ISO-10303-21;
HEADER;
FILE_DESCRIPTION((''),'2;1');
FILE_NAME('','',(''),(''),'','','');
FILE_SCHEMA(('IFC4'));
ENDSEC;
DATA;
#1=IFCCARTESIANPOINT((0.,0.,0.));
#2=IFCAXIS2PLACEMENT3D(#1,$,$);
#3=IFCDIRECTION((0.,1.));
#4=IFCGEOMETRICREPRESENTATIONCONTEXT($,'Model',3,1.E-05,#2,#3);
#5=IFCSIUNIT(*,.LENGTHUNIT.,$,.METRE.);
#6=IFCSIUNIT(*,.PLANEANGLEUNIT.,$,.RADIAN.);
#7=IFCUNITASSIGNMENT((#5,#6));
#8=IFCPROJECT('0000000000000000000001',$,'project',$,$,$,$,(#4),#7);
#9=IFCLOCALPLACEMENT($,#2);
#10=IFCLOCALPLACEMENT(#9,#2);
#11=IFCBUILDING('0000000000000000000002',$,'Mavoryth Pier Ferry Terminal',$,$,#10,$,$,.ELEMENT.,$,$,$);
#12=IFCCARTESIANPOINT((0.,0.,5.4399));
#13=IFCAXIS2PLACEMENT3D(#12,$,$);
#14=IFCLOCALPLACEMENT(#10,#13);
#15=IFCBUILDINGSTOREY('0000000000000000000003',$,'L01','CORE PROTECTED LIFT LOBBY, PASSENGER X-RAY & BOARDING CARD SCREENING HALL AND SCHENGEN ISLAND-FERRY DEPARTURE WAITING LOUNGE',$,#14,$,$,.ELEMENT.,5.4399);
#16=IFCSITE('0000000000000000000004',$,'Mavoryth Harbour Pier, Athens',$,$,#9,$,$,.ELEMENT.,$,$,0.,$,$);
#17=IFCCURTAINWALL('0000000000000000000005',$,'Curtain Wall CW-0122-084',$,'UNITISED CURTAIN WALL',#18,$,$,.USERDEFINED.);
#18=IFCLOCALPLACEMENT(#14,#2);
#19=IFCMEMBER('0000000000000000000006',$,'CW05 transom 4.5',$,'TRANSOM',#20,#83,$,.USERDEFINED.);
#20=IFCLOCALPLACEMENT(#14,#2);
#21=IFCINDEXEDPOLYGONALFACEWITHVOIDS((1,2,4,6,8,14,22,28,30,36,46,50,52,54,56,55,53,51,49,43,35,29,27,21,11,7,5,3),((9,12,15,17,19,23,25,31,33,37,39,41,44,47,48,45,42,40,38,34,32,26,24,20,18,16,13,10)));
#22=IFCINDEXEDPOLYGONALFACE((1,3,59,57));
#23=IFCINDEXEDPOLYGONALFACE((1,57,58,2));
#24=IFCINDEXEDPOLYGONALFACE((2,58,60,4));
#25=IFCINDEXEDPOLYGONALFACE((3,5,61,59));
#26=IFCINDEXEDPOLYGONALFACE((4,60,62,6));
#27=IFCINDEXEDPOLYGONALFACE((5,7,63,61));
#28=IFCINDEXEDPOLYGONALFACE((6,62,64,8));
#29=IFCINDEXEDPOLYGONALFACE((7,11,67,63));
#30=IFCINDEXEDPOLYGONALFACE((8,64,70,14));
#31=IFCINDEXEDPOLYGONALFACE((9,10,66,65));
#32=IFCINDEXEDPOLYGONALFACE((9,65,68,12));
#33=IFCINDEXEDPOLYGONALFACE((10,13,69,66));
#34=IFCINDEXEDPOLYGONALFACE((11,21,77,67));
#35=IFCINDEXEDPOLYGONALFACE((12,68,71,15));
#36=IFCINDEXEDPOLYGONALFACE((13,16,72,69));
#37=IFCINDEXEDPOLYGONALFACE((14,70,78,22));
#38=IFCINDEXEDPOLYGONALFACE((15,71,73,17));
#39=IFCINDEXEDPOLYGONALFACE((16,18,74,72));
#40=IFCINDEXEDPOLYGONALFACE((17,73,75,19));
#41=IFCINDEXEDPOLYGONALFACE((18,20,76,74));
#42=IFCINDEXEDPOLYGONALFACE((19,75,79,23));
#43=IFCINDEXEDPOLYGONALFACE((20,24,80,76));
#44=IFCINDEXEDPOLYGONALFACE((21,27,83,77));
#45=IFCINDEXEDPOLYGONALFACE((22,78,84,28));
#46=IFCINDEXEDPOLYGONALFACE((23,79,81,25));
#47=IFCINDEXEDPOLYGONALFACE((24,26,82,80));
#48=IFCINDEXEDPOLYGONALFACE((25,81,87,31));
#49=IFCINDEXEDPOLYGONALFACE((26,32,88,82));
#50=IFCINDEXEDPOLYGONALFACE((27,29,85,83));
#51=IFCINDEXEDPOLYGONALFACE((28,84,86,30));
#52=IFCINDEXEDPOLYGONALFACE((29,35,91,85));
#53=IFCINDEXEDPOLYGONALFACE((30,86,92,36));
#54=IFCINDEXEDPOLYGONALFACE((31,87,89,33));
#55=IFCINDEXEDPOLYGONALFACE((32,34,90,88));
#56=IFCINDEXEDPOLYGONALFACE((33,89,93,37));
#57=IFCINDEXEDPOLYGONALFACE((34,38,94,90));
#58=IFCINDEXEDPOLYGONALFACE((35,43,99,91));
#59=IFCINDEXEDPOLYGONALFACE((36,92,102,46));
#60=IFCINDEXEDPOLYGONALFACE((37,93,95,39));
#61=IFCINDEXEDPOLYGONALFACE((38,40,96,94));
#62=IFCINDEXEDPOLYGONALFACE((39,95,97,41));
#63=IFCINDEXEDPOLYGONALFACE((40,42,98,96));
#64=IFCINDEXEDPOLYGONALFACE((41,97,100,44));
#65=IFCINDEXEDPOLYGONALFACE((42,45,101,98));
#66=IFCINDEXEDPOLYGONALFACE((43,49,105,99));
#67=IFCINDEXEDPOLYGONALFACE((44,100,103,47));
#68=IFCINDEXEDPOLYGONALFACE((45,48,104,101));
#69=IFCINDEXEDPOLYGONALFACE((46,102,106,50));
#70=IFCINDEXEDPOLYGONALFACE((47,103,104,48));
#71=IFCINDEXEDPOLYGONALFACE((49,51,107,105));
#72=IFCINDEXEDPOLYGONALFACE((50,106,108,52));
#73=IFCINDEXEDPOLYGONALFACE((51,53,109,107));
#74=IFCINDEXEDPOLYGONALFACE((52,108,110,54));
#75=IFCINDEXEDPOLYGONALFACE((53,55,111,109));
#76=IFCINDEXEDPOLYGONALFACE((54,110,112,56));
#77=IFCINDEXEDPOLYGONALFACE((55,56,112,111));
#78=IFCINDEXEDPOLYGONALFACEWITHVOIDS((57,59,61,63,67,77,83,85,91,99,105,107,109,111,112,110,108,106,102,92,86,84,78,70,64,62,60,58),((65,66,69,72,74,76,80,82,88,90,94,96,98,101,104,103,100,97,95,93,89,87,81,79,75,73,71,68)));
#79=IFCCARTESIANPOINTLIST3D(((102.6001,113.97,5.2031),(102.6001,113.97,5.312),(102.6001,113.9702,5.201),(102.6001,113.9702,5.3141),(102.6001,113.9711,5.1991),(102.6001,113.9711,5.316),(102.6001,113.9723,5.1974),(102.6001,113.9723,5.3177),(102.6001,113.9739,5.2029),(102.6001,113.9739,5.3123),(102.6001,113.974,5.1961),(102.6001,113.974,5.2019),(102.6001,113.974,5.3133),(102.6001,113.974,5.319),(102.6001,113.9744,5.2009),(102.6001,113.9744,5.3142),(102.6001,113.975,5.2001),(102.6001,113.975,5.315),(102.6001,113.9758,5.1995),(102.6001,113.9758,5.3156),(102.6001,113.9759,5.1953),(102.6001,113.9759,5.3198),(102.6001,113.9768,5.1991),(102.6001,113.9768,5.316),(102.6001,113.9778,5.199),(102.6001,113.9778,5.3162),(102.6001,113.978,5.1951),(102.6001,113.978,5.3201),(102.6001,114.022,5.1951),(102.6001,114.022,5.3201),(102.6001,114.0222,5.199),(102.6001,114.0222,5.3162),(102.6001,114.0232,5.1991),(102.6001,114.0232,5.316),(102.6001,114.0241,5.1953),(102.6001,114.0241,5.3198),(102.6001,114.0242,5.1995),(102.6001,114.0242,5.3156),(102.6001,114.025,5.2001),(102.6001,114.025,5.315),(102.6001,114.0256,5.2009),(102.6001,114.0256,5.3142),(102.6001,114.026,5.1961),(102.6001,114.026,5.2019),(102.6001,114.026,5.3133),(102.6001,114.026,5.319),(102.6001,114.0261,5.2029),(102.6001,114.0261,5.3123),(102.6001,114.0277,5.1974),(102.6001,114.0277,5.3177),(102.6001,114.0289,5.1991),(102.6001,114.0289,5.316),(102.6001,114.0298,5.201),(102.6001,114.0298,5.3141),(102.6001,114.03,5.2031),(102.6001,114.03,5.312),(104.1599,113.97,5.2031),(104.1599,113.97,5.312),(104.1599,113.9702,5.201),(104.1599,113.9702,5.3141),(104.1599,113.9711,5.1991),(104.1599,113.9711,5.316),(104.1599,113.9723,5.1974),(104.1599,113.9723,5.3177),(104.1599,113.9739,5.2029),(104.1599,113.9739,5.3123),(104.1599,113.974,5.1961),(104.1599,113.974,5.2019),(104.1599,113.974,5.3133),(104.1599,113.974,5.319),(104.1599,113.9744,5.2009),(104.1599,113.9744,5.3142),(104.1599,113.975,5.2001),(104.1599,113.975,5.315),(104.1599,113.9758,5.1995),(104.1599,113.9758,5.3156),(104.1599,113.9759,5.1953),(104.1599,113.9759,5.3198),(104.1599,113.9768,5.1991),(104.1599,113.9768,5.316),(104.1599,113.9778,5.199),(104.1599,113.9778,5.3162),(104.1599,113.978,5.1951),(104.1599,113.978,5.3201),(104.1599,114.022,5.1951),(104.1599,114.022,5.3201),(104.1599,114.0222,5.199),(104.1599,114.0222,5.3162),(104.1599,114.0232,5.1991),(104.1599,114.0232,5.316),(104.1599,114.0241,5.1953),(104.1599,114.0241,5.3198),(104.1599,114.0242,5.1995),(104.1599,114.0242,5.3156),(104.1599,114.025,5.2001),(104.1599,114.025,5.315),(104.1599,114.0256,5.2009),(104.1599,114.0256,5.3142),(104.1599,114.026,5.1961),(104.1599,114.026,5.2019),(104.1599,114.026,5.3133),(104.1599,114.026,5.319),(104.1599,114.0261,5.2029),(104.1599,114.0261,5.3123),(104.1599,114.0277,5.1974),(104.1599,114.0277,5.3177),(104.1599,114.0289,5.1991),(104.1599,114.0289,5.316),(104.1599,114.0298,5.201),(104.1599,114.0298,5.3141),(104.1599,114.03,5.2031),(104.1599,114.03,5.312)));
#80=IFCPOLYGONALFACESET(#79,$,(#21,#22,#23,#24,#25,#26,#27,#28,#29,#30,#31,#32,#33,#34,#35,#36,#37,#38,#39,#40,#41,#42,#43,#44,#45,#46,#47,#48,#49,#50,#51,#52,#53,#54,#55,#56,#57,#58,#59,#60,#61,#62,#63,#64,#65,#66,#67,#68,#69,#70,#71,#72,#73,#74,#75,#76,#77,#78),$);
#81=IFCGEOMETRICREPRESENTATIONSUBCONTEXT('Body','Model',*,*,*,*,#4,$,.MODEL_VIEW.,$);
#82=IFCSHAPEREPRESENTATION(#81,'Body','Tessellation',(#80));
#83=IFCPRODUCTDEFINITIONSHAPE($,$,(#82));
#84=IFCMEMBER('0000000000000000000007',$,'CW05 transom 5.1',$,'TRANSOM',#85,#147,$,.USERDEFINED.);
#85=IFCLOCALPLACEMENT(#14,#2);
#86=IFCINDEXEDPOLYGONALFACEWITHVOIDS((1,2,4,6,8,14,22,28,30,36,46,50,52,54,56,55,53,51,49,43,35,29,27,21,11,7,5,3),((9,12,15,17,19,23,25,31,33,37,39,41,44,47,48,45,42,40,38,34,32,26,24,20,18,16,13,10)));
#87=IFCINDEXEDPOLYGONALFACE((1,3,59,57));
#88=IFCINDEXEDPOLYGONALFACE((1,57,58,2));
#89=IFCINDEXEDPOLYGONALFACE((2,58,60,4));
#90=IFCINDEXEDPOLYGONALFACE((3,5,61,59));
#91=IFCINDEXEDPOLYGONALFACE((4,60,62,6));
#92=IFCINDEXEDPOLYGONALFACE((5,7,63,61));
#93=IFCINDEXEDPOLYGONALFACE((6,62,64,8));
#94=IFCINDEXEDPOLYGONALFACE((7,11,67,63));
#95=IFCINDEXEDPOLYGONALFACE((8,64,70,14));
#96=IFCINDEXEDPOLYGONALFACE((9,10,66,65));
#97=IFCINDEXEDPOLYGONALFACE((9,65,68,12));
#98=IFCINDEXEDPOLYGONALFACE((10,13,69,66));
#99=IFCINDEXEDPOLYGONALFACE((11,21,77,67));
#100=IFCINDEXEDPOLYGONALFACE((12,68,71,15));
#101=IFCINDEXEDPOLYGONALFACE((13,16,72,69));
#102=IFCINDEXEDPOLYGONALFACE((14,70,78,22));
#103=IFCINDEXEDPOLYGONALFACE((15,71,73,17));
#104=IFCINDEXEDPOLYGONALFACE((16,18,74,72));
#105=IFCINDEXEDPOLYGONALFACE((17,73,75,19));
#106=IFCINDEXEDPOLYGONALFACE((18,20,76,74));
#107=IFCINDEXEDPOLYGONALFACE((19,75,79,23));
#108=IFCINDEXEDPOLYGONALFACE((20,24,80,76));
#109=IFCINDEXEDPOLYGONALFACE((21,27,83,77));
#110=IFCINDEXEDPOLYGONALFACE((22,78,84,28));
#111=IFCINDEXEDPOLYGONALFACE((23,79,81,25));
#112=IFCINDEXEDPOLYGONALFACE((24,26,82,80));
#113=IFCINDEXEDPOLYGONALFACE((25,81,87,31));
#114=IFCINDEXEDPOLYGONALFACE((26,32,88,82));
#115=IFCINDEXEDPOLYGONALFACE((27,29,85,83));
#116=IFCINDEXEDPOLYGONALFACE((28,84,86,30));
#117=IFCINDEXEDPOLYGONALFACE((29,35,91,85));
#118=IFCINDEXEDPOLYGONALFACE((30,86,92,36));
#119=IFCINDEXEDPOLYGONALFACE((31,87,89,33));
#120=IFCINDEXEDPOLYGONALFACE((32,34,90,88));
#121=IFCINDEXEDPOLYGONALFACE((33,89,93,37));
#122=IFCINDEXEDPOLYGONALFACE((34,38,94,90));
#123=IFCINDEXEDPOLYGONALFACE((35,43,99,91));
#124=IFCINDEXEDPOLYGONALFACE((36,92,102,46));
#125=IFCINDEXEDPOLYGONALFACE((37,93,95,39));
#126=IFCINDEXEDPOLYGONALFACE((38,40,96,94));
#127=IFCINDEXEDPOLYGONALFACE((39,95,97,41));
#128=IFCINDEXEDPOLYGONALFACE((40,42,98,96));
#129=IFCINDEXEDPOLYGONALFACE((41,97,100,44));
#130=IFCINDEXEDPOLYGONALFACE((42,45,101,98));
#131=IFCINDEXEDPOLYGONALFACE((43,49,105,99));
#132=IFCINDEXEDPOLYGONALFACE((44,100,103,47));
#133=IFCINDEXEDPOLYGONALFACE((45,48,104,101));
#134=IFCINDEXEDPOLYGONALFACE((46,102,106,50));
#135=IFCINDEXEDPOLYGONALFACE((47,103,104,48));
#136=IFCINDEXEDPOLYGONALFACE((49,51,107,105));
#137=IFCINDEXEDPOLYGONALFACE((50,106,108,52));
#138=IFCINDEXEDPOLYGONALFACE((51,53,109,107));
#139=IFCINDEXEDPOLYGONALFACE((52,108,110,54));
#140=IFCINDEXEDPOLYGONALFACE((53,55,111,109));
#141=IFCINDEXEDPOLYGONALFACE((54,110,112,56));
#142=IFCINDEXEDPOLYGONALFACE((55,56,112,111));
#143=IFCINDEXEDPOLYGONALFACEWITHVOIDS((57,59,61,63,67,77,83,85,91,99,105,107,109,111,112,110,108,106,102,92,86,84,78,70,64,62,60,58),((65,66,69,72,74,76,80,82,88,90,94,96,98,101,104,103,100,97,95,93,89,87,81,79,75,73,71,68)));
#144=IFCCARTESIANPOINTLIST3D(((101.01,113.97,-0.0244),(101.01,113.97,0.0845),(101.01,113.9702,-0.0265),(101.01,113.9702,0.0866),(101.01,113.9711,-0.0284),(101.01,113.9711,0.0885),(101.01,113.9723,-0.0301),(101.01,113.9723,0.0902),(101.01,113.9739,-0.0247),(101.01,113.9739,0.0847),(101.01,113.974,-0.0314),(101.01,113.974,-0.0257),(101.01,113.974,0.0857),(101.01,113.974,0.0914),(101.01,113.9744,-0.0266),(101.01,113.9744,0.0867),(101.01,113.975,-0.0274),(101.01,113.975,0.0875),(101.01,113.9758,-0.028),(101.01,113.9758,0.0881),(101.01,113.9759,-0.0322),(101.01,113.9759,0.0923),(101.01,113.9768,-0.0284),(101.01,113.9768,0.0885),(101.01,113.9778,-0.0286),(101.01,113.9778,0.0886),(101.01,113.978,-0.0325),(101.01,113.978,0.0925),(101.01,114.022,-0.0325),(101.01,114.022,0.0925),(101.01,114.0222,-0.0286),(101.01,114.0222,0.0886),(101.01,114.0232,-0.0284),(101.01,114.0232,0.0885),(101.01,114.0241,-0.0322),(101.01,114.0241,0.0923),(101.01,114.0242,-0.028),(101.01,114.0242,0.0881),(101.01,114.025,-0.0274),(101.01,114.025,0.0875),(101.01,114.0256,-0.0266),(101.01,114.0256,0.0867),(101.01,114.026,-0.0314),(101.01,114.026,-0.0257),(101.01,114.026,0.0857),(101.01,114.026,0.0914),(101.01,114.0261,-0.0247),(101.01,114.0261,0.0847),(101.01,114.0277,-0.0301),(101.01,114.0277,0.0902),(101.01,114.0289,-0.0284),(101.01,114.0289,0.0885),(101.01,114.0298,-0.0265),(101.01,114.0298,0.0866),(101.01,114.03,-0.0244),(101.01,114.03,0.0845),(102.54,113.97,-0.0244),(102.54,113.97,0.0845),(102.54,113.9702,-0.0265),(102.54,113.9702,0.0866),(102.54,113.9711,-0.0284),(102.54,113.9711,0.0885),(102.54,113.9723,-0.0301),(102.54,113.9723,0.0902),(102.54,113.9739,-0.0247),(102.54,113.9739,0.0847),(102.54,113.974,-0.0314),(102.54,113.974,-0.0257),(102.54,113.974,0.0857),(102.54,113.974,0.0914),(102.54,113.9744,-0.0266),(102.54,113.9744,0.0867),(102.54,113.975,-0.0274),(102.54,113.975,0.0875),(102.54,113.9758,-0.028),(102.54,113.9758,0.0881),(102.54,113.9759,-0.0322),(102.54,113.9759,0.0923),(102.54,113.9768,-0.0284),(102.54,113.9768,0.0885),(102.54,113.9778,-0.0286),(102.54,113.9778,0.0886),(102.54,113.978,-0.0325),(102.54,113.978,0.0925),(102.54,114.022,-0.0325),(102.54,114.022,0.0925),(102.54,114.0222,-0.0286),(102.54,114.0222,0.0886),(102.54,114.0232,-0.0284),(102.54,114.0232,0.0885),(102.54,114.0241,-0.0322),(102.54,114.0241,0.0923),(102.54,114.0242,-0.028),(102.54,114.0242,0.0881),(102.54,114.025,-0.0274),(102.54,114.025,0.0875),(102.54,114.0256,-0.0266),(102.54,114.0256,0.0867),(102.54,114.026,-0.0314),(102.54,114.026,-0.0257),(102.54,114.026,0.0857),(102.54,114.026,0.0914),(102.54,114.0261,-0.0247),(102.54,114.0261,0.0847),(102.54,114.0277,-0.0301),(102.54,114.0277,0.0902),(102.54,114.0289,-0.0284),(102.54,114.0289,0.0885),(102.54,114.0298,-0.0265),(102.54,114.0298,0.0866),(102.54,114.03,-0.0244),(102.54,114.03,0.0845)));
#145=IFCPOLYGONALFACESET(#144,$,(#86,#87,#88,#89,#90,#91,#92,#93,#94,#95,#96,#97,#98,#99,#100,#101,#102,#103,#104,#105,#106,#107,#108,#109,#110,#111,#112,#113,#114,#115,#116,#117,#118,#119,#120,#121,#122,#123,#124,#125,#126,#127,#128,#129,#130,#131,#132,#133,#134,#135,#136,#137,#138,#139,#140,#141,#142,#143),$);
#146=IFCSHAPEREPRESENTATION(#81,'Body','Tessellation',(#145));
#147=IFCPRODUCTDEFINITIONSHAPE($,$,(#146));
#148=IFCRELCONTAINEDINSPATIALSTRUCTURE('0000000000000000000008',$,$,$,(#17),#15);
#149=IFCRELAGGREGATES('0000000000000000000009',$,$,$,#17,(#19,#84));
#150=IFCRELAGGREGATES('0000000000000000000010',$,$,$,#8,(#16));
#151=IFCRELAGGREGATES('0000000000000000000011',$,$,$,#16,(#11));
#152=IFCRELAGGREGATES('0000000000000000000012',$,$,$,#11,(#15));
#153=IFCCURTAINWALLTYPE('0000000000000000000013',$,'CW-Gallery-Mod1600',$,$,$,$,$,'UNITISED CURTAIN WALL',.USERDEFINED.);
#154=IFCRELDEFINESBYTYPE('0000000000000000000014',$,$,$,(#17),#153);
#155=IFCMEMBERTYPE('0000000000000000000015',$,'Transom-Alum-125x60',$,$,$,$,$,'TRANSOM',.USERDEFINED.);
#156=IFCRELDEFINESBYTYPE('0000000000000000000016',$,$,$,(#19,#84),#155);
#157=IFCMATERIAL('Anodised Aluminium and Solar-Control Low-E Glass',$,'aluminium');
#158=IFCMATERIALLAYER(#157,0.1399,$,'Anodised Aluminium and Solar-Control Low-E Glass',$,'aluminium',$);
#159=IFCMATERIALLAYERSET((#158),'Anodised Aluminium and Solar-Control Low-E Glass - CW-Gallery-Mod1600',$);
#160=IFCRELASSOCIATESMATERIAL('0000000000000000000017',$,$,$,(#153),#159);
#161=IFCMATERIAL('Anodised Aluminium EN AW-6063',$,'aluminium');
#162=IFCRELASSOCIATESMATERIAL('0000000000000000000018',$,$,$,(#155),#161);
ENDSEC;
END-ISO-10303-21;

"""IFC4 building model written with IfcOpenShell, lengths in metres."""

from ifc_helpers import new_model, si_unit, direction, frame, origin, origin_2d, place, context, subcontext, project, spatial, hollow_rectangle, extrude, material, layer, layer_set, material_profile, profile_set, type_object, element, aggregate, save


model = new_model("IFC4")

# Units and contexts
model_context = context("Model", 3, precision=1e-05, world=origin(), true_north=direction((0.0, 1.0)))
body_context = subcontext(model_context, "Body", "Model", "MODEL_VIEW")
ifc_project = project(units=[si_unit("LENGTHUNIT", "METRE"), si_unit("PLANEANGLEUNIT", "RADIAN")], contexts=[model_context])

# Site, building, storey
site_placement = place(None, origin())
site = spatial("IfcSite", under=ifc_project, at=site_placement, Name="Mavoryth Harbour Pier, Athens", CompositionType="ELEMENT", RefElevation=0.0)
building_placement = place(site_placement, origin())
building = spatial("IfcBuilding", under=site, at=building_placement, Name="Mavoryth Pier Ferry Terminal", CompositionType="ELEMENT")
storey_placement = place(building_placement, frame((0.0, 0.0, 5.4399)))
storey = spatial("IfcBuildingStorey", under=building, at=storey_placement, Name="L01", Description="CORE PROTECTED LIFT LOBBY, PASSENGER X-RAY & BOARDING CARD SCREENING HALL AND SCHENGEN ISLAND-FERRY DEPARTURE WAITING LOUNGE", CompositionType="ELEMENT", Elevation=5.4399)

# Curtain wall
ifc_material_1 = material(Name="Anodised Aluminium and Solar-Control Low-E Glass", Category="aluminium")
ifc_layer_1 = layer(ifc_material_1, 0.1399, Name="Anodised Aluminium and Solar-Control Low-E Glass", Category="aluminium")
ifc_layer_set_1 = layer_set([ifc_layer_1], Name="Anodised Aluminium and Solar-Control Low-E Glass - CW-Gallery-Mod1600")
curtain_wall_type = type_object("IfcCurtainWallType", Name="CW-Gallery-Mod1600", ElementType="UNITISED CURTAIN WALL", PredefinedType="USERDEFINED", material=ifc_layer_set_1)
curtain_wall_placement = place(storey_placement, origin())
curtain_wall = element("IfcCurtainWall", 1, at=curtain_wall_placement, inside=storey, type_object=curtain_wall_type, Name="Curtain Wall CW-0122-084", ObjectType="UNITISED CURTAIN WALL", PredefinedType="USERDEFINED")
ifc_material_2 = material(Name="Anodised Aluminium EN AW-6063", Category="aluminium")

# Members
ifc_material_profile_1 = material_profile(ifc_material_2, hollow_rectangle(XDim=0.0601, YDim=0.125, WallThickness=0.0039, InnerFilletRadius=0.0039, OuterFilletRadius=0.0081, at=origin_2d()), Name="AL-TRAN 125x60x4", Category="aluminium")
ifc_profile_set_1 = profile_set([ifc_material_profile_1], Name="Anodised Aluminium EN AW-6063 - AL-TRAN 125x60x4")
member_type_1 = type_object("IfcMemberType", Name="Transom-Alum-125x60", ElementType="TRANSOM", PredefinedType="USERDEFINED", material=ifc_profile_set_1)
member_1_placement = place(storey_placement, frame((104.1599, 114.0, 5.2576), z_axis=(-1.0, 0.0, 0.0), x_axis=(0.0, -1.0, 0.0)))
member_1 = element("IfcMember", 2, at=member_1_placement, type_object=member_type_1, Name="CW05 transom 4.5", ObjectType="TRANSOM", PredefinedType="USERDEFINED", context=body_context, shape_type="SweptSolid", body=[
    extrude(hollow_rectangle(XDim=0.0601, YDim=0.125, WallThickness=0.0039, InnerFilletRadius=0.0039, OuterFilletRadius=0.0081, at=origin_2d()), origin(), (0.0, 0.0, 1.0), 1.5598),
])
member_2_placement = place(storey_placement, frame((102.54, 114.0, 0.03), z_axis=(-1.0, 0.0, 0.0), x_axis=(0.0, -1.0, 0.0)))
member_2 = element("IfcMember", 3, at=member_2_placement, type_object=member_type_1, Name="CW05 transom 5.1", ObjectType="TRANSOM", PredefinedType="USERDEFINED", context=body_context, shape_type="SweptSolid", body=[
    extrude(hollow_rectangle(XDim=0.0601, YDim=0.125, WallThickness=0.0039, InnerFilletRadius=0.0039, OuterFilletRadius=0.0081, at=origin_2d()), origin(), (0.0, 0.0, 1.0), 1.53),
])

aggregate(curtain_wall, [member_1, member_2])

save(model, "model.ifc")
